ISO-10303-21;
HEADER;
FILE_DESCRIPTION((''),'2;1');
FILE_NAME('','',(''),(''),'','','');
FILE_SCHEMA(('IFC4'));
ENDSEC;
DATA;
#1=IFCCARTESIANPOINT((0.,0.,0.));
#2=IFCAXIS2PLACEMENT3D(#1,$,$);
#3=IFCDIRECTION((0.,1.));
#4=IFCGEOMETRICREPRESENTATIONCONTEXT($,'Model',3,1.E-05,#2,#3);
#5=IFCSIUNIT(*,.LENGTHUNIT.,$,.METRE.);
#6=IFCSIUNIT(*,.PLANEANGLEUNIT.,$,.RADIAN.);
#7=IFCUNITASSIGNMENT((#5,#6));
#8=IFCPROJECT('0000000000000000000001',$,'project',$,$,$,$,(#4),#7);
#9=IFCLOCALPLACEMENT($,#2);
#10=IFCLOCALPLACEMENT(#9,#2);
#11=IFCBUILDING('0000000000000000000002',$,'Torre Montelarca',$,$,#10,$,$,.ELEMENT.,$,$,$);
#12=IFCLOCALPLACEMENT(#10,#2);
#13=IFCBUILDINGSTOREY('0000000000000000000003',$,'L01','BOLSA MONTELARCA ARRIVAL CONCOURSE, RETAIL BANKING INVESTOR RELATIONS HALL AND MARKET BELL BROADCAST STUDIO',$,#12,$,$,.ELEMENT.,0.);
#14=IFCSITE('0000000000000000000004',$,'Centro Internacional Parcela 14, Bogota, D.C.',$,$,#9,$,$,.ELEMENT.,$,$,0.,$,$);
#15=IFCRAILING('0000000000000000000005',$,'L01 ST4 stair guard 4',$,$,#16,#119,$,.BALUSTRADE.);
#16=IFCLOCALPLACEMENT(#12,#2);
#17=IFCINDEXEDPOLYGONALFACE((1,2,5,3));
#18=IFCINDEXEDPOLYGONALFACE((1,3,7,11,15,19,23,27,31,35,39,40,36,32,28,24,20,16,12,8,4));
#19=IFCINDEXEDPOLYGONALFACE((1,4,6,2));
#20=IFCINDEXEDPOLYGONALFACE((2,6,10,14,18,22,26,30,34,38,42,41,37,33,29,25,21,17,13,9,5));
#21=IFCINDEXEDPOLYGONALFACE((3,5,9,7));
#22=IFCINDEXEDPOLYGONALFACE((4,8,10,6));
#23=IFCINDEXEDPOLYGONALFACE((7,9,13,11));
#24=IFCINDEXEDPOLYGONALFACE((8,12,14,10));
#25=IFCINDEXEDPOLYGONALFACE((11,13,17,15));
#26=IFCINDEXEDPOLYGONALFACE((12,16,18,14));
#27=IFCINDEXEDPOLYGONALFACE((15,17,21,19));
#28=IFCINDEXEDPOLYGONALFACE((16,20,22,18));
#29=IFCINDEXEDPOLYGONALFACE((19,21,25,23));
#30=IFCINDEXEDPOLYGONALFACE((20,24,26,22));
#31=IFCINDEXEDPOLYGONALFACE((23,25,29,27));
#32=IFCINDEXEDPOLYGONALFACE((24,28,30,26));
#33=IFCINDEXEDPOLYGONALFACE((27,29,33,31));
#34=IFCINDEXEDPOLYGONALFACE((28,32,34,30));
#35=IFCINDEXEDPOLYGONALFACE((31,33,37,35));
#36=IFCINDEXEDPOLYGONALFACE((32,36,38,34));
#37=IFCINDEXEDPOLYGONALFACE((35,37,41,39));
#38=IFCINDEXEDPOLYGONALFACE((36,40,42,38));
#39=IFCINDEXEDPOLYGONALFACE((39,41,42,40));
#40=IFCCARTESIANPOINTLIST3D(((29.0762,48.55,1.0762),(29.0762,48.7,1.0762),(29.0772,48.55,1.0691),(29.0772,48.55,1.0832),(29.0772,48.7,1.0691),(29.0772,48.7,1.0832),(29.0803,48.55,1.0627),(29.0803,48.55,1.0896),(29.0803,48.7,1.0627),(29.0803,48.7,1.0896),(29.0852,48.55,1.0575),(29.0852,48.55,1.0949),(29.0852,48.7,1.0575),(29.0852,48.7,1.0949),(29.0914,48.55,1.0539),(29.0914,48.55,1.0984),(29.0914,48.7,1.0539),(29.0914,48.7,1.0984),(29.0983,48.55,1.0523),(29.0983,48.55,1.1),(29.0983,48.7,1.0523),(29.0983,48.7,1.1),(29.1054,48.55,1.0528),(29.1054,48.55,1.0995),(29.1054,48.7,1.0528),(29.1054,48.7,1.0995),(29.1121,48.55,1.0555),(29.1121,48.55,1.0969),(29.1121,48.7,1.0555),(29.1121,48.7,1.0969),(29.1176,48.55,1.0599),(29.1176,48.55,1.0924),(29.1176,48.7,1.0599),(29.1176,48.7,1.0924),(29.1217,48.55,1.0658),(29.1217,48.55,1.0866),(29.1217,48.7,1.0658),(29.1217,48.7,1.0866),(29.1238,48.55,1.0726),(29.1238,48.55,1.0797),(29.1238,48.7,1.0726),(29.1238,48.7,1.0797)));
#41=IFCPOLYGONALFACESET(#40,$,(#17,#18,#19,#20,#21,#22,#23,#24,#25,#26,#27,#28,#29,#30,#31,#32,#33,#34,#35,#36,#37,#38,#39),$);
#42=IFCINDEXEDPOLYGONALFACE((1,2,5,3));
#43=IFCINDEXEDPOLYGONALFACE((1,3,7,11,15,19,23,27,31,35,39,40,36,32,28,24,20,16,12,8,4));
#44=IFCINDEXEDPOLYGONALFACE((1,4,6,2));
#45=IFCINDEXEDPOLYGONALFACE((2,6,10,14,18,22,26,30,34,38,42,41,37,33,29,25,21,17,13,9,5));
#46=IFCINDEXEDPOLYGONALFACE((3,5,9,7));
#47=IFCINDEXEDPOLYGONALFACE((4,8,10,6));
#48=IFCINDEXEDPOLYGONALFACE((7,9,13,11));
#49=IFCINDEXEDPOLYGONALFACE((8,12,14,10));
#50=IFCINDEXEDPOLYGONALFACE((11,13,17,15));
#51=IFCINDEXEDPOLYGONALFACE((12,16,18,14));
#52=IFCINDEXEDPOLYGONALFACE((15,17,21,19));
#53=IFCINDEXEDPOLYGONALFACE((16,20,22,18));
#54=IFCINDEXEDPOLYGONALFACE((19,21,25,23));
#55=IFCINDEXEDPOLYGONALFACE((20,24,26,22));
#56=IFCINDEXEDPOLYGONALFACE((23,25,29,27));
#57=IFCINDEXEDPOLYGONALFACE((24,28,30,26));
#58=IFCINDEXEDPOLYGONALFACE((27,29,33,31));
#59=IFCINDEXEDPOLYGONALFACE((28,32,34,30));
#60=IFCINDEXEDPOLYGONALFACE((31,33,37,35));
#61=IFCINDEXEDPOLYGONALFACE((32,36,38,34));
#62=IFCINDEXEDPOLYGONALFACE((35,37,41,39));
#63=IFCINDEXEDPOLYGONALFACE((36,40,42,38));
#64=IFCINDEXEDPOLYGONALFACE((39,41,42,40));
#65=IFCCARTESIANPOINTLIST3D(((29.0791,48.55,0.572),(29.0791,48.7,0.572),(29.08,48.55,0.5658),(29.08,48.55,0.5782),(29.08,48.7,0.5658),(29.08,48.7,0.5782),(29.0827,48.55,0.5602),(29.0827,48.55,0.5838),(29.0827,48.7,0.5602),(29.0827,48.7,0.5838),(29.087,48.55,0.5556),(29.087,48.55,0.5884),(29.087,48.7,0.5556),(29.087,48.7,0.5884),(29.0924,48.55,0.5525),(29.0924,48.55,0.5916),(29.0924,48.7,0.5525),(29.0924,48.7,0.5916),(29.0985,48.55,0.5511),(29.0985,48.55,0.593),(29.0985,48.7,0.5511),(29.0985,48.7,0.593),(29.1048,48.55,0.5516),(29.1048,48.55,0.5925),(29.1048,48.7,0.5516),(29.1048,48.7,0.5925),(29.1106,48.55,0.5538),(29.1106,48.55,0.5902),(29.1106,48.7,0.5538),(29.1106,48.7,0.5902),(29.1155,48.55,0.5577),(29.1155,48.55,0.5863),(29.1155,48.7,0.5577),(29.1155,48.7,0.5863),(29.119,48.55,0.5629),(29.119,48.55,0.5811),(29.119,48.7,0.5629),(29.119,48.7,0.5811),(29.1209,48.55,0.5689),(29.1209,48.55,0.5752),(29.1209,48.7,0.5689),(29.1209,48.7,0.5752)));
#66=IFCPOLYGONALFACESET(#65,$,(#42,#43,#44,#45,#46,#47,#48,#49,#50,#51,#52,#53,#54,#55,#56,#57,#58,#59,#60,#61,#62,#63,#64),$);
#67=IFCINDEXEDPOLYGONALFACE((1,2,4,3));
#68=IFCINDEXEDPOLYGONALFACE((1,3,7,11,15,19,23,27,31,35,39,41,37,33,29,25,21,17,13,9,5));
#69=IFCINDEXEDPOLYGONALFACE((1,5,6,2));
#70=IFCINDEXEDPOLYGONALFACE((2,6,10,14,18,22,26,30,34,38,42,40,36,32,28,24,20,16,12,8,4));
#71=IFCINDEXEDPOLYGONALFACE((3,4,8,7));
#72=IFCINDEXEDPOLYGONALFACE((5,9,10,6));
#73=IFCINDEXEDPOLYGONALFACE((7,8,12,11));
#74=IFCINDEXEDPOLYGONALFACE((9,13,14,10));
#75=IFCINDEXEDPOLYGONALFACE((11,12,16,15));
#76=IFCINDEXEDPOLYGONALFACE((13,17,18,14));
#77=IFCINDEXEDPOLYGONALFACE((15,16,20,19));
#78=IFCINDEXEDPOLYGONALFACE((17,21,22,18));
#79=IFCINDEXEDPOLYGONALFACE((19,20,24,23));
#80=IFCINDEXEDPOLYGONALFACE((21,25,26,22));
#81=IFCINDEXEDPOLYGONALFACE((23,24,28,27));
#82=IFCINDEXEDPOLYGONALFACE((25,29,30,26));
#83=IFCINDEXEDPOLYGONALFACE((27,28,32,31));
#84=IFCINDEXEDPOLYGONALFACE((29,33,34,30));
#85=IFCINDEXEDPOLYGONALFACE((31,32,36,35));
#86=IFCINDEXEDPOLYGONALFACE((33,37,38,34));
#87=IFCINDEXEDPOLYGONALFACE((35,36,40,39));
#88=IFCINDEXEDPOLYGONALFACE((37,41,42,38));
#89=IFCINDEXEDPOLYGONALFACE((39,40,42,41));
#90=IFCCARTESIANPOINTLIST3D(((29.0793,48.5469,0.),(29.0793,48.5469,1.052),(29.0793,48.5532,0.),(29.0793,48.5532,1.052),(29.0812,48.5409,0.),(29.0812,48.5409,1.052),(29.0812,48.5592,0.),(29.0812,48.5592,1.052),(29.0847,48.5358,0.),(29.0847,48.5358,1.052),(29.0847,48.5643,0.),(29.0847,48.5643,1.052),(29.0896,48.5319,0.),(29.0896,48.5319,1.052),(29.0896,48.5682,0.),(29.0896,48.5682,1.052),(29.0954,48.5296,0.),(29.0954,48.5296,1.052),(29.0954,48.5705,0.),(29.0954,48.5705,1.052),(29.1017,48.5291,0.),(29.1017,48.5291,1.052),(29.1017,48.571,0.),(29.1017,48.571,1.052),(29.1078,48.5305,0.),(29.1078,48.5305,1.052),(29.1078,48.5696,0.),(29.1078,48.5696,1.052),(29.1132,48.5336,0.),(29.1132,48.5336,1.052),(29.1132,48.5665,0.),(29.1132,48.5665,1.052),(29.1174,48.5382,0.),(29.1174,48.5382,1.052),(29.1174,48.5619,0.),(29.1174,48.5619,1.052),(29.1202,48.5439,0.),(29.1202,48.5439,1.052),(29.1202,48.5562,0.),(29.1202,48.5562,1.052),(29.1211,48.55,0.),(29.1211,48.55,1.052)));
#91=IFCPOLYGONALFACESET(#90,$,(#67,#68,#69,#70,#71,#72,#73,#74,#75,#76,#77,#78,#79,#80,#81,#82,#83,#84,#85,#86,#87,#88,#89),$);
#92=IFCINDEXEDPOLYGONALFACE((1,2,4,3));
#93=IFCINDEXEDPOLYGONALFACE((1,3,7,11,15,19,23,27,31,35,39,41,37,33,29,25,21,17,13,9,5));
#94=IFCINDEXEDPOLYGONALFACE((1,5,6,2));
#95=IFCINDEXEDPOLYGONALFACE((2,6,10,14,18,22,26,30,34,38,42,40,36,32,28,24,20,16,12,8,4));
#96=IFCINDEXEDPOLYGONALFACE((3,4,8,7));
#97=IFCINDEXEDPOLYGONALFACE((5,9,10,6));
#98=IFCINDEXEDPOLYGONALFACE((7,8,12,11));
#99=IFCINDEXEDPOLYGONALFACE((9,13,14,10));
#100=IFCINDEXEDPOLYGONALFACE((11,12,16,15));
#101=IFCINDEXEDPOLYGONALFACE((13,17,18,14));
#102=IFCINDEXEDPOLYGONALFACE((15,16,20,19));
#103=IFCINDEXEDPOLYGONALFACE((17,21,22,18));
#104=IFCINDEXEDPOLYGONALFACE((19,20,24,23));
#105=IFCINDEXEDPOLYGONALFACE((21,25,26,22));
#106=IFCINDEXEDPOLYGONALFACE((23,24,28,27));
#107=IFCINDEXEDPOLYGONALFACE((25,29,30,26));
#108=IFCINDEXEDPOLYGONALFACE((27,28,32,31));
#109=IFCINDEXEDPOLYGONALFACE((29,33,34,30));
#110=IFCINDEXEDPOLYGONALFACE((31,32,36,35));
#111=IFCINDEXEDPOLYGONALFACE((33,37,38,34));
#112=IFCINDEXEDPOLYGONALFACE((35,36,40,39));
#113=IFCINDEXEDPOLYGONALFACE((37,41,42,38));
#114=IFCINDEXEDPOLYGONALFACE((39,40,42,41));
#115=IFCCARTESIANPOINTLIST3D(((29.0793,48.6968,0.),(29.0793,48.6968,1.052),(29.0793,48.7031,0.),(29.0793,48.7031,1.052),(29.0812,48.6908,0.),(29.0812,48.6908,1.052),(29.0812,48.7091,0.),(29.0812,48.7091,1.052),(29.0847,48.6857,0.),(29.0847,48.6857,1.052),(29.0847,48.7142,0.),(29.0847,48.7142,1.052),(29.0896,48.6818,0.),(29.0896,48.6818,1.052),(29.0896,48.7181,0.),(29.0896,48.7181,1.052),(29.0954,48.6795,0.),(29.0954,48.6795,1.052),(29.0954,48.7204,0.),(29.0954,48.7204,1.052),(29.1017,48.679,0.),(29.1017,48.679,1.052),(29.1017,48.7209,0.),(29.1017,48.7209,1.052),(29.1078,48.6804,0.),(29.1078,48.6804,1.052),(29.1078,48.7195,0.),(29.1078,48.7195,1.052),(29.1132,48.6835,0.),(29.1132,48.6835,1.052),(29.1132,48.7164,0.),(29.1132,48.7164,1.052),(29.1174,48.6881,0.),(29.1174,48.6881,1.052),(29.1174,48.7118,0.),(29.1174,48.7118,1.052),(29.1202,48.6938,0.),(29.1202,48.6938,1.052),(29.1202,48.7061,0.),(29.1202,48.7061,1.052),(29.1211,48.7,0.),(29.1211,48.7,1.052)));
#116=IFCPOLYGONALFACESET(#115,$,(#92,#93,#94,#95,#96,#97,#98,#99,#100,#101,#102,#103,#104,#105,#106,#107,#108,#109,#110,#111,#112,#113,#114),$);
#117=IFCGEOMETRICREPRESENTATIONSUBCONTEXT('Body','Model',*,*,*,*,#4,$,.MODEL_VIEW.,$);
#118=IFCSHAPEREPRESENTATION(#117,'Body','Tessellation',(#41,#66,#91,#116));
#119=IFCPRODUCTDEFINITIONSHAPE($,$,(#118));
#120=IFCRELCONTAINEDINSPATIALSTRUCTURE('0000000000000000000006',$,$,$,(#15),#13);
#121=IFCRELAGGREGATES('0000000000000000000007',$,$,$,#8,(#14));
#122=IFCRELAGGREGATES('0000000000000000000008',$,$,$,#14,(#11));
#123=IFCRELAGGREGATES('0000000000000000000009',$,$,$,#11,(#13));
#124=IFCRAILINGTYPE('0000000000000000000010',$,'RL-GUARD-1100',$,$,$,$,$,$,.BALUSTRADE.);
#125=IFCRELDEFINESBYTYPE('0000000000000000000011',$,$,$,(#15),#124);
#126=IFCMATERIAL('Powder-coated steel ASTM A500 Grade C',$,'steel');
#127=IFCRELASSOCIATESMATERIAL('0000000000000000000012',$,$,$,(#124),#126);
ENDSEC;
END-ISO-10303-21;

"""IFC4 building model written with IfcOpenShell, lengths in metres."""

from ifc_helpers import new_model, si_unit, direction, frame, origin, origin_2d, place, context, subcontext, project, spatial, circle, extrude, material, type_object, element, save


model = new_model("IFC4")

# Units and contexts
model_context = context("Model", 3, precision=1e-05, world=origin(), true_north=direction((0.0, 1.0)))
body_context = subcontext(model_context, "Body", "Model", "MODEL_VIEW")
ifc_project = project(units=[si_unit("LENGTHUNIT", "METRE"), si_unit("PLANEANGLEUNIT", "RADIAN")], contexts=[model_context])

# Site, building, storey
site_placement = place(None, origin())
site = spatial("IfcSite", under=ifc_project, at=site_placement, Name="Centro Internacional Parcela 14, Bogota, D.C.", CompositionType="ELEMENT", RefElevation=0.0)
building_placement = place(site_placement, origin())
building = spatial("IfcBuilding", under=site, at=building_placement, Name="Torre Montelarca", CompositionType="ELEMENT")
storey_placement = place(building_placement, origin())
storey = spatial("IfcBuildingStorey", under=building, at=storey_placement, Name="L01", Description="BOLSA MONTELARCA ARRIVAL CONCOURSE, RETAIL BANKING INVESTOR RELATIONS HALL AND MARKET BELL BROADCAST STUDIO", CompositionType="ELEMENT", Elevation=0.0)

# Railing
ifc_material_1 = material(Name="Powder-coated steel ASTM A500 Grade C", Category="steel")
railing_type_1 = type_object("IfcRailingType", Name="RL-GUARD-1100", PredefinedType="BALUSTRADE", material=ifc_material_1)
railing_1_placement = place(storey_placement, frame((29.1001, 48.55, 0.0)))
element("IfcRailing", 1, at=railing_1_placement, inside=storey, type_object=railing_type_1, Name="L01 ST4 stair guard 4", PredefinedType="BALUSTRADE", context=body_context, shape_type="SweptSolid", body=[
    extrude(circle(Radius=0.0239, at=origin_2d()), frame((0.0, 0.0, 1.0762), z_axis=(0.0, 1.0, 0.0), x_axis=(-1.0, 0.0, 0.0)), (0.0, 0.0, 1.0), 0.1499),
    extrude(circle(Radius=0.021, at=origin_2d()), frame((0.0, 0.0, 0.572), z_axis=(0.0, 1.0, 0.0), x_axis=(-1.0, 0.0, 0.0)), (0.0, 0.0, 1.0), 0.1499),
    extrude(circle(Radius=0.021, at=origin_2d()), origin(), (0.0, 0.0, 1.0), 1.052),
    extrude(circle(Radius=0.021, at=origin_2d()), frame((0.0, 0.1499, 0.0)), (0.0, 0.0, 1.0), 1.052),
])

save(model, "model.ifc")
